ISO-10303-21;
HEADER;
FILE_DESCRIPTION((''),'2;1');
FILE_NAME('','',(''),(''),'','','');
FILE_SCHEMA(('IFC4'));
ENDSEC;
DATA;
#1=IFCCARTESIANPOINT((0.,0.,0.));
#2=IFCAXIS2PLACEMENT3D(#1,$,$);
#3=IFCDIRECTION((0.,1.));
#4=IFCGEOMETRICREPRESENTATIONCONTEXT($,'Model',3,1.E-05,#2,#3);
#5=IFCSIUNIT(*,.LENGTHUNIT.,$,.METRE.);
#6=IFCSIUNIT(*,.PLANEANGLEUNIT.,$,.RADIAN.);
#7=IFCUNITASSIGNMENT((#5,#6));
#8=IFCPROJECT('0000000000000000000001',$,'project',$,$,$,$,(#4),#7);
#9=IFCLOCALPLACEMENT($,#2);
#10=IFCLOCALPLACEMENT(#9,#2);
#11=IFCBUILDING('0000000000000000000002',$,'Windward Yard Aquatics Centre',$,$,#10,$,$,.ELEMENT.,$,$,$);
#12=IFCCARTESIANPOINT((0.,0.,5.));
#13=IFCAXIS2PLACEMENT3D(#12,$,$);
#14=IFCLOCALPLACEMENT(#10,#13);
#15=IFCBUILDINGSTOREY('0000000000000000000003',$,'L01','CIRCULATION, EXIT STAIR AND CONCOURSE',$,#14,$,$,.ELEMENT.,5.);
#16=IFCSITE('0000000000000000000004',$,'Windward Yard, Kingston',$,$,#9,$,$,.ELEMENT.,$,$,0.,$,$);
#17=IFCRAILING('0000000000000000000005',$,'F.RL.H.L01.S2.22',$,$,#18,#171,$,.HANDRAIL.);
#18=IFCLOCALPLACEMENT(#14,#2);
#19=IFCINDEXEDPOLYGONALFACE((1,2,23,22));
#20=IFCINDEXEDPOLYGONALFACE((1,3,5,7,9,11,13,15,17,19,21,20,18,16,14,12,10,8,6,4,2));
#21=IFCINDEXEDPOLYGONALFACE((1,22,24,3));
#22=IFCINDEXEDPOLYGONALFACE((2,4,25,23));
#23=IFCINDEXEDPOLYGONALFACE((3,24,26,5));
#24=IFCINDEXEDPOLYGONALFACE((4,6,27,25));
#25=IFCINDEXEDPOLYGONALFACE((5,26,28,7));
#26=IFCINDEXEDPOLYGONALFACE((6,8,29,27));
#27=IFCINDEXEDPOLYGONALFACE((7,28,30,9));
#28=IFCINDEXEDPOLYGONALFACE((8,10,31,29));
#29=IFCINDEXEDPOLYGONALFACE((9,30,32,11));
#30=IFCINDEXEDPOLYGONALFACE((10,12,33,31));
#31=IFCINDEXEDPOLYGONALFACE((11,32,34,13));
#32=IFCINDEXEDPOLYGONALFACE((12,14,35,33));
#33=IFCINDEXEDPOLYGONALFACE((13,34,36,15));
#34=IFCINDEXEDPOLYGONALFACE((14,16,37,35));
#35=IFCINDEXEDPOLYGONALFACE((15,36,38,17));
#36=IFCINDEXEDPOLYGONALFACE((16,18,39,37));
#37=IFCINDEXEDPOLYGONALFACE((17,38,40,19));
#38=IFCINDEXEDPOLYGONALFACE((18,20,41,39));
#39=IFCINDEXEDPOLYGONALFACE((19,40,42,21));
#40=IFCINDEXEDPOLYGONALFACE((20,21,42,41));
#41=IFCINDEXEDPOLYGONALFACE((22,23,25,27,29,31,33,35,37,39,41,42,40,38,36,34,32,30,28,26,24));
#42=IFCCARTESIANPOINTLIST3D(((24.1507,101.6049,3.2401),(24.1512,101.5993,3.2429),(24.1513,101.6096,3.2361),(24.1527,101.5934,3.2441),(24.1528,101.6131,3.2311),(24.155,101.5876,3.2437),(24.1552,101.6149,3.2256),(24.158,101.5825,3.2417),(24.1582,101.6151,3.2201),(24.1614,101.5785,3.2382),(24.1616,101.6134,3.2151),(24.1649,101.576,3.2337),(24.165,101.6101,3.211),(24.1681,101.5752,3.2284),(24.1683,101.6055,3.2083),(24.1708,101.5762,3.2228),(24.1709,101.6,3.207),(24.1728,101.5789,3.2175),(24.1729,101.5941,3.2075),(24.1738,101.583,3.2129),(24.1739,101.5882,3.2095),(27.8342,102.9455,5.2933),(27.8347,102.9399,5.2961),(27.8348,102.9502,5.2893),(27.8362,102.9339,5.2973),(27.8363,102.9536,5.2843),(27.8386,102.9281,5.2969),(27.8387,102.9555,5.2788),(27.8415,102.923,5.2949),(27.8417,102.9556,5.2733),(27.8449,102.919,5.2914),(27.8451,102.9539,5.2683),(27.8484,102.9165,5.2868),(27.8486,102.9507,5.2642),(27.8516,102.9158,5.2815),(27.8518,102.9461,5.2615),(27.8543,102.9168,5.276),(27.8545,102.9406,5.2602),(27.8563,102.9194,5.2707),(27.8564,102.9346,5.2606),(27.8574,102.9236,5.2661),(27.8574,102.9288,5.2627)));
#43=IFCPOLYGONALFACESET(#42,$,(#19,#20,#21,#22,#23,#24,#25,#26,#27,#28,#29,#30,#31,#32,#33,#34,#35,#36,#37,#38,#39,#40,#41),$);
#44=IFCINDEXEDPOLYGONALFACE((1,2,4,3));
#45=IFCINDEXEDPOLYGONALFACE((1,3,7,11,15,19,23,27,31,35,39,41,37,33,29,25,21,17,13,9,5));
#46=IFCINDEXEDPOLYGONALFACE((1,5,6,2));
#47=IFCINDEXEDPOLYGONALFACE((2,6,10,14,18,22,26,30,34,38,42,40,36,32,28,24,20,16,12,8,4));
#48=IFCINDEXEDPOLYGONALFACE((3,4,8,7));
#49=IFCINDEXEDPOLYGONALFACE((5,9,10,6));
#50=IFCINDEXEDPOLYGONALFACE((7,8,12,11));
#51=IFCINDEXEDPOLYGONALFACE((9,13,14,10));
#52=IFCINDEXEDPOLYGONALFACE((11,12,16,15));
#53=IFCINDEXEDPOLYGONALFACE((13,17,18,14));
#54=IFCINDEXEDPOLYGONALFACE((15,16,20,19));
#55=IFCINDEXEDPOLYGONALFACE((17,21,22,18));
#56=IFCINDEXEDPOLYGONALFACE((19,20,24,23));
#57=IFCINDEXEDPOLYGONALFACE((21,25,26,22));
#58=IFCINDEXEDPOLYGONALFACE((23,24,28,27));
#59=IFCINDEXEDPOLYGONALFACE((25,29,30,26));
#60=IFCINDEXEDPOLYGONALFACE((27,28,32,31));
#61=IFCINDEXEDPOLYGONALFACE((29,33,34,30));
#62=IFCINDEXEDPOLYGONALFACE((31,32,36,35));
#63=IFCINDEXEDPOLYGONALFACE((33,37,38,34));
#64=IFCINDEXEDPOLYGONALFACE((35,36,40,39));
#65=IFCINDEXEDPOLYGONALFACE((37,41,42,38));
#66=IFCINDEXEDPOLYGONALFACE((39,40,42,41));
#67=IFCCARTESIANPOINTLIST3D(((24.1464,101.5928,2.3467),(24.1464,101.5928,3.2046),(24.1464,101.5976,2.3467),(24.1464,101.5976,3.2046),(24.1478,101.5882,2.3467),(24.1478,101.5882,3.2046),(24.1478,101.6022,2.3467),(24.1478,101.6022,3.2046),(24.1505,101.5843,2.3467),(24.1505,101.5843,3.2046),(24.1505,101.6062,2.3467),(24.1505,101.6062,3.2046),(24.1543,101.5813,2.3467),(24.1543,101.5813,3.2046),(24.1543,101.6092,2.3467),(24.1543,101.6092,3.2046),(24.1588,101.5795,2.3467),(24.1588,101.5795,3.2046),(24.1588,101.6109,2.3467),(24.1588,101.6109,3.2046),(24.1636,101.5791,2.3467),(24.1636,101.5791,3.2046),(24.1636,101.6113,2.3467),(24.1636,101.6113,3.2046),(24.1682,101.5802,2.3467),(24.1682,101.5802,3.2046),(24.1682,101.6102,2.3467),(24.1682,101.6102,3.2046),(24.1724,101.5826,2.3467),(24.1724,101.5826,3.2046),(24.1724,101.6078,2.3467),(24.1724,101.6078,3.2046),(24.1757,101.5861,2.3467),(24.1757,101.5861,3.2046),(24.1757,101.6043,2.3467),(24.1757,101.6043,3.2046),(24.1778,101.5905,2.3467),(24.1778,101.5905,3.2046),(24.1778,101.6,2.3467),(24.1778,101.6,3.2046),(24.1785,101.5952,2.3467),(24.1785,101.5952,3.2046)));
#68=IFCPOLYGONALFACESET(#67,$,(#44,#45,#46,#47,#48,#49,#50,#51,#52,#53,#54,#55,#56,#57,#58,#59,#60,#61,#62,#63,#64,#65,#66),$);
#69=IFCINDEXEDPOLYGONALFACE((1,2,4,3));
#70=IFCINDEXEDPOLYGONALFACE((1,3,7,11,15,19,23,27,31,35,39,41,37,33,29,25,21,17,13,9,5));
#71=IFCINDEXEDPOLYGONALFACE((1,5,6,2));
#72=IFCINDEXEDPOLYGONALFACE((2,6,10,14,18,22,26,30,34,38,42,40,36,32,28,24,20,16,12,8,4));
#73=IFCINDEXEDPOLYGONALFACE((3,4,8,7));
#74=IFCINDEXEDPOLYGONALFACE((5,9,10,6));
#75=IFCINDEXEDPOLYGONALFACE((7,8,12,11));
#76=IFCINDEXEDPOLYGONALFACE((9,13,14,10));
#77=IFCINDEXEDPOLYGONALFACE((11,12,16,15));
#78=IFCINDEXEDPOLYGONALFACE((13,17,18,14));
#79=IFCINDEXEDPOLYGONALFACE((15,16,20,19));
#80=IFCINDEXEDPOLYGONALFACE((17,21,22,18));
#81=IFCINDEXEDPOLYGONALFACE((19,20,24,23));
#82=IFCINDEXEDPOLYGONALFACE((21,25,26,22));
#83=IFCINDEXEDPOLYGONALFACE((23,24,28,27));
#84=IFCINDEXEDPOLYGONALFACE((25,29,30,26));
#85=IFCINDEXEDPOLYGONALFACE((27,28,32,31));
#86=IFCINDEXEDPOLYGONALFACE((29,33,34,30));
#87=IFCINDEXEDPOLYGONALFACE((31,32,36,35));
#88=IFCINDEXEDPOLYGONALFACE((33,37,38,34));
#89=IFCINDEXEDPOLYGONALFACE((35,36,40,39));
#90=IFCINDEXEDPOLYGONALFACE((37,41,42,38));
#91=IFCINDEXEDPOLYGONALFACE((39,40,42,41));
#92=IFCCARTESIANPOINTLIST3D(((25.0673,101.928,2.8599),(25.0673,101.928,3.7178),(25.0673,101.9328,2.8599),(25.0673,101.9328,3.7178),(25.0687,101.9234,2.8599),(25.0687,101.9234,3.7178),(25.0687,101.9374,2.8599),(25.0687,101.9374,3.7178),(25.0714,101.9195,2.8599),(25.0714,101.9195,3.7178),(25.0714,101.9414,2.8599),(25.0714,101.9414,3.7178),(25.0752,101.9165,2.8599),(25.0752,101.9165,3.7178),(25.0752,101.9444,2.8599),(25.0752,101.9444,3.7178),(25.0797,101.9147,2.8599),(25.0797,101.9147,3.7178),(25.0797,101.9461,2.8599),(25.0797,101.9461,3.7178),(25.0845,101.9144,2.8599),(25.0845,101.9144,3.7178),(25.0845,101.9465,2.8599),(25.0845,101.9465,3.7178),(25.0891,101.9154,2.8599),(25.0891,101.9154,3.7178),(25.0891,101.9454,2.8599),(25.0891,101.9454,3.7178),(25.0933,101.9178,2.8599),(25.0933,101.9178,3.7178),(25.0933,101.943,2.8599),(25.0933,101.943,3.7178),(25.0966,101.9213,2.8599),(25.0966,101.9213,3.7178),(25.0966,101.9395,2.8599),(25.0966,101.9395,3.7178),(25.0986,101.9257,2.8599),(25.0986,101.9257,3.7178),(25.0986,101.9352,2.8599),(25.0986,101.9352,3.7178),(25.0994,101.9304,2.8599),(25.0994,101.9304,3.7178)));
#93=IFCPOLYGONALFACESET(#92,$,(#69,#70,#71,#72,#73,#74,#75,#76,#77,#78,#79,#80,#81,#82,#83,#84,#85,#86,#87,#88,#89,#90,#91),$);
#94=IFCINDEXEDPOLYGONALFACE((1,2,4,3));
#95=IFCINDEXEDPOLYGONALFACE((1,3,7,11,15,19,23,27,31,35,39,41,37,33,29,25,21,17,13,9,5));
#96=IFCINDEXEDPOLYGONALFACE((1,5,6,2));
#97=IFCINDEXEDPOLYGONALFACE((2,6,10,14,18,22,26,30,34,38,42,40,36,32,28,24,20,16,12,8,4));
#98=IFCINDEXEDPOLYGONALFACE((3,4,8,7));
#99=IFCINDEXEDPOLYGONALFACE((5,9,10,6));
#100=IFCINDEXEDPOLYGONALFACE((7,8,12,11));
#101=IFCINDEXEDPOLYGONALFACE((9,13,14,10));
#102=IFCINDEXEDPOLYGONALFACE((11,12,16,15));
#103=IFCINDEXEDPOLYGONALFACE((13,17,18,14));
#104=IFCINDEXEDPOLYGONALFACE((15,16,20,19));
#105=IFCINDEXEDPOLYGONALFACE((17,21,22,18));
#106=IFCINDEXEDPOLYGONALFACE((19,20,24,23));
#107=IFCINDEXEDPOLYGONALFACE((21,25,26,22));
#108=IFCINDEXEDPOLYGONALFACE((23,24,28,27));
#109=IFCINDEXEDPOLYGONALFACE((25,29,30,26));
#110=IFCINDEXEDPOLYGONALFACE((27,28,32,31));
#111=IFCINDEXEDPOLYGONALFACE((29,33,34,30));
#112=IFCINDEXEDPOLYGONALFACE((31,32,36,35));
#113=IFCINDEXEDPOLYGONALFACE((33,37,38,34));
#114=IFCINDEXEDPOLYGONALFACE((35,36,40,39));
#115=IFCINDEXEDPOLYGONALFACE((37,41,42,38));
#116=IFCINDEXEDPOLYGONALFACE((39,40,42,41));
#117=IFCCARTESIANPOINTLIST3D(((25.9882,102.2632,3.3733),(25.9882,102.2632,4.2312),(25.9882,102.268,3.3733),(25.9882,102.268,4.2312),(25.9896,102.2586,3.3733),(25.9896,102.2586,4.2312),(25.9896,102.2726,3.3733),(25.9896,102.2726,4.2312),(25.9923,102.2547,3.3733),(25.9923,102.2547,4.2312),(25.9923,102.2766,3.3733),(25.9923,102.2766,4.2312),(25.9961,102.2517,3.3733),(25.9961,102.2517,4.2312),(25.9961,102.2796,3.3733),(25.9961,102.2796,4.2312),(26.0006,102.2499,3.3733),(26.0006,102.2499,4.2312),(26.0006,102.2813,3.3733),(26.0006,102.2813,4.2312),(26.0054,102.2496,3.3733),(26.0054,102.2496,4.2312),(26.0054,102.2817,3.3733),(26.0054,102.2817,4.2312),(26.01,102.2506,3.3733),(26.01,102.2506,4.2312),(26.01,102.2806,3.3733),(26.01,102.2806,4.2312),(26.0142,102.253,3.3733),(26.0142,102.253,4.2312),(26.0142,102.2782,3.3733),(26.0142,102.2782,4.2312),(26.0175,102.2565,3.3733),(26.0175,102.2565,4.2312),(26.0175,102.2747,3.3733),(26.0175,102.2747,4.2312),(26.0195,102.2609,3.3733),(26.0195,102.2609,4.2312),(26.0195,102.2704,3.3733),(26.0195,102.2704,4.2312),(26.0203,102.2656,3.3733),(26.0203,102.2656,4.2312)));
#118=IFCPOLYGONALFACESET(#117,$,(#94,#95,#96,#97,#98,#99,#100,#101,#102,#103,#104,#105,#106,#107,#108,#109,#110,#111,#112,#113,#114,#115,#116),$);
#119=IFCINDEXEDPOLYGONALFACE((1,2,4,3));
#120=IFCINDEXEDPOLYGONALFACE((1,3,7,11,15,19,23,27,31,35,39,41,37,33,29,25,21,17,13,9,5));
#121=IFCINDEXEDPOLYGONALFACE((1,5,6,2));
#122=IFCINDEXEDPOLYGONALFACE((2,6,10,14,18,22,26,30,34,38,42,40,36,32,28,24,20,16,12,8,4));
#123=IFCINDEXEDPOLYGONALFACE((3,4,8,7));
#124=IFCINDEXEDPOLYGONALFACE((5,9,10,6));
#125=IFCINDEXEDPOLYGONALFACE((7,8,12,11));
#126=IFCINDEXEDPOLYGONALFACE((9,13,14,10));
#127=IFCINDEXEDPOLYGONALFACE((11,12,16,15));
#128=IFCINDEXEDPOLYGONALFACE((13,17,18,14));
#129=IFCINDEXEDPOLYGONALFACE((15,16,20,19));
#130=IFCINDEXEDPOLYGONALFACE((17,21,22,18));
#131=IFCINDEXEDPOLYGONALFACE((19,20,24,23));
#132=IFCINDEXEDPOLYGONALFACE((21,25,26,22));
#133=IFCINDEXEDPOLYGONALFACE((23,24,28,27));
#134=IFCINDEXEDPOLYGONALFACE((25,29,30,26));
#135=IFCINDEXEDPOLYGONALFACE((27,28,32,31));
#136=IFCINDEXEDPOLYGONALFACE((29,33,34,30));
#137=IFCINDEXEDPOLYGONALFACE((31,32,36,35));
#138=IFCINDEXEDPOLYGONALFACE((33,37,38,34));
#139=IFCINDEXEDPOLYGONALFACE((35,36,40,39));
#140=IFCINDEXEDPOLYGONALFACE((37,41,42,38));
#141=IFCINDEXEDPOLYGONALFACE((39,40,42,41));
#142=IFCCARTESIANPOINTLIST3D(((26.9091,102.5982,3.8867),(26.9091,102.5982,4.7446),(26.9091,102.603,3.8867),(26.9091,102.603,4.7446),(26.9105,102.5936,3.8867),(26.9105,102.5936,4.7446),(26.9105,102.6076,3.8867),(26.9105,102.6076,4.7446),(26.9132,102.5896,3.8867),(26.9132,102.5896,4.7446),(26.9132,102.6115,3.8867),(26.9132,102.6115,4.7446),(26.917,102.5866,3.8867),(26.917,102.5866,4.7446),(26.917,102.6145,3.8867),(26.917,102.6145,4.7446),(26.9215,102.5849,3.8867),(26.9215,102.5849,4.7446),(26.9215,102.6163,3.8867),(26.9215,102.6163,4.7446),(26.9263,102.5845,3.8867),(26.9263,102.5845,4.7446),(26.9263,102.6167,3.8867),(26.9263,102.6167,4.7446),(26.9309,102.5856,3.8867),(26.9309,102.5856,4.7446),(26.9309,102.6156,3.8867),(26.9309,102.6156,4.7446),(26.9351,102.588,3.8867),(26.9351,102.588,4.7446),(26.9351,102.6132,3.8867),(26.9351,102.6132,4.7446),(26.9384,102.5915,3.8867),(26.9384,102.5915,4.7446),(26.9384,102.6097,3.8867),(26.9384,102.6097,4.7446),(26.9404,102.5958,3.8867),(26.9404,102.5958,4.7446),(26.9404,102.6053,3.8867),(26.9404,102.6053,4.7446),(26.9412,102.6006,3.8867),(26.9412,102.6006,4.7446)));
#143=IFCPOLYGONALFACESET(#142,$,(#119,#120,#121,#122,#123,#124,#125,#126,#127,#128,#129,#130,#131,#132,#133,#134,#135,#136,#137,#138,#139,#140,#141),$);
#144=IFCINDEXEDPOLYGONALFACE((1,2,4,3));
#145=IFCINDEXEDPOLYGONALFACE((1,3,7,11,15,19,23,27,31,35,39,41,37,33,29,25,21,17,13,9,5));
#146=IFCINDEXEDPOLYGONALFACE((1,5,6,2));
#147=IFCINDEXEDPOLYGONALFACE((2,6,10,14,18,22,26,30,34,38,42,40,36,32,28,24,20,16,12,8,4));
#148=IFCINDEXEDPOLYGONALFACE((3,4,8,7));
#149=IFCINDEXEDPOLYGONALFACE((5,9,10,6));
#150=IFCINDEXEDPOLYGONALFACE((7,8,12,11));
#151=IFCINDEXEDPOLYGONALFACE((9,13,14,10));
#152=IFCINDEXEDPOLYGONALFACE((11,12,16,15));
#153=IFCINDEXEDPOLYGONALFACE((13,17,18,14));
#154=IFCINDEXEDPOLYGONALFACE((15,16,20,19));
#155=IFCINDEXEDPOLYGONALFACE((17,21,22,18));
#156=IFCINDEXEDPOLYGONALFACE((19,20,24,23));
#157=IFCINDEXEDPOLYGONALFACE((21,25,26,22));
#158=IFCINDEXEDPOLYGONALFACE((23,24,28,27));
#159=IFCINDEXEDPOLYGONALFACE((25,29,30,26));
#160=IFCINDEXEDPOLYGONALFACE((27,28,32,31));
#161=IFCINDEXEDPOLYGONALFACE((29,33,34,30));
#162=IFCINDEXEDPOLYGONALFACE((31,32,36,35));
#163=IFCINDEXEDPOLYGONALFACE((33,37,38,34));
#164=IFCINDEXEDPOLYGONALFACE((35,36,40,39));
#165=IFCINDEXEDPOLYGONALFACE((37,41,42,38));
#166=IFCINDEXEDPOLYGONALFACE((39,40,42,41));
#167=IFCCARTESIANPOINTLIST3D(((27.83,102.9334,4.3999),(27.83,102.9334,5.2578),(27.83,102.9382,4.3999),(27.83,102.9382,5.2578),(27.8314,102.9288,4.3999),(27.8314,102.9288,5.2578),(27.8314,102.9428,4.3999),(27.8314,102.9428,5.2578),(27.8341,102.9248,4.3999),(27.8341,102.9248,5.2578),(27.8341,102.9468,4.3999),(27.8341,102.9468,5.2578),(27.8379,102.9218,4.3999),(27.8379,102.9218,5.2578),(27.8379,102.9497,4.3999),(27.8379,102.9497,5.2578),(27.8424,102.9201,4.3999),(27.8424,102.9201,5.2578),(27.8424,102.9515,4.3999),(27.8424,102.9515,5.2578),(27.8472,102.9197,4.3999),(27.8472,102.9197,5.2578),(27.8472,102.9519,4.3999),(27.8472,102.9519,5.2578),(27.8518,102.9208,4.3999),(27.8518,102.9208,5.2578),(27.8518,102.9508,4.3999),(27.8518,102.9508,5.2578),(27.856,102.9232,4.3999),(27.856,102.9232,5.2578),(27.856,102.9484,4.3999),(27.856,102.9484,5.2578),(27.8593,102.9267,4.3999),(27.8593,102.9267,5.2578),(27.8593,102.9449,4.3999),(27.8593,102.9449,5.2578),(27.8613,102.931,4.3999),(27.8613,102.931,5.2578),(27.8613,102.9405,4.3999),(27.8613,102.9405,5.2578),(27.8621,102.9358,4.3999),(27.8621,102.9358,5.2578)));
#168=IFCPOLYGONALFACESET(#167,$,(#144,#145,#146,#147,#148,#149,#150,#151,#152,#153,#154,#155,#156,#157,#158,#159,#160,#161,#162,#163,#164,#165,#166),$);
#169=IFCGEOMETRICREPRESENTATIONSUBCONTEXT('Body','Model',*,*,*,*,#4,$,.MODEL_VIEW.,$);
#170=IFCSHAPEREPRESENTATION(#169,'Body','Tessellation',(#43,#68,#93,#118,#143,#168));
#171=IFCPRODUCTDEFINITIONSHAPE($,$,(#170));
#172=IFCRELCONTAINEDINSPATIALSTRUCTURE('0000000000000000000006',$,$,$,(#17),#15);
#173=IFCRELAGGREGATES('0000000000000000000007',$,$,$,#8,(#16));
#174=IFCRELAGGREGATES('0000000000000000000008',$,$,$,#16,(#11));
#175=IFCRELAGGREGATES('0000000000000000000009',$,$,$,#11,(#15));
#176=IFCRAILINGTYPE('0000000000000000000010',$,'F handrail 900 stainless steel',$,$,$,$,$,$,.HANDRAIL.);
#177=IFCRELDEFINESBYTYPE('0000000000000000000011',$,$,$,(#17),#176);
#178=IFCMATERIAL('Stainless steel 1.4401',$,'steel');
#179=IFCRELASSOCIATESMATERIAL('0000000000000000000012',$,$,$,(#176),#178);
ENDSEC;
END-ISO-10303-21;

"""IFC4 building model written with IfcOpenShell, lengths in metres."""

from ifc_helpers import new_model, si_unit, direction, frame, origin, origin_2d, place, context, subcontext, project, spatial, circle, extrude, material, type_object, element, save


model = new_model("IFC4")

# Units and contexts
model_context = context("Model", 3, precision=1e-05, world=origin(), true_north=direction((0.0, 1.0)))
body_context = subcontext(model_context, "Body", "Model", "MODEL_VIEW")
ifc_project = project(units=[si_unit("LENGTHUNIT", "METRE"), si_unit("PLANEANGLEUNIT", "RADIAN")], contexts=[model_context])

# Site, building, storey
site_placement = place(None, origin())
site = spatial("IfcSite", under=ifc_project, at=site_placement, Name="Windward Yard, Kingston", CompositionType="ELEMENT", RefElevation=0.0)
building_placement = place(site_placement, origin())
building = spatial("IfcBuilding", under=site, at=building_placement, Name="Windward Yard Aquatics Centre", CompositionType="ELEMENT")
storey_placement = place(building_placement, frame((0.0, 0.0, 5.0)))
storey = spatial("IfcBuildingStorey", under=building, at=storey_placement, Name="L01", Description="CIRCULATION, EXIT STAIR AND CONCOURSE", CompositionType="ELEMENT", Elevation=5.0)

# Railing
ifc_material_1 = material(Name="Stainless steel 1.4401", Category="steel")
railing_type = type_object("IfcRailingType", Name="F handrail 900 stainless steel", PredefinedType="HANDRAIL", material=ifc_material_1)
for number, where, name in (
    (1, (24.1624, 101.5952, 2.3467), "F.RL.H.L01.S2.22"),
):
    element("IfcRailing", number, at=place(storey_placement, frame(where)), inside=storey, type_object=railing_type, Name=name, PredefinedType="HANDRAIL", context=body_context, shape_type="SweptSolid", body=[
        extrude(circle(Radius=0.021, at=origin_2d()), frame((0.0, 0.0, 0.8789), z_axis=(0.832427, 0.302947, 0.463992), x_axis=(-0.341988, 0.939704, 0.0)), (0.0, 0.0, 1.0), 4.425),
        extrude(circle(Radius=0.0161, at=origin_2d()), origin(), (0.0, 0.0, 1.0), 0.8579),
        extrude(circle(Radius=0.0161, at=origin_2d()), frame((0.9209, 0.3352, 0.5132)), (0.0, 0.0, 1.0), 0.8579),
        extrude(circle(Radius=0.0161, at=origin_2d()), frame((1.8418, 0.6704, 1.0266)), (0.0, 0.0, 1.0), 0.8579),
        extrude(circle(Radius=0.0161, at=origin_2d()), frame((2.7627, 1.0054, 1.54)), (0.0, 0.0, 1.0), 0.8579),
        extrude(circle(Radius=0.0161, at=origin_2d()), frame((3.6836, 1.3406, 2.0532)), (0.0, 0.0, 1.0), 0.8579),
    ])

save(model, "model.ifc")
